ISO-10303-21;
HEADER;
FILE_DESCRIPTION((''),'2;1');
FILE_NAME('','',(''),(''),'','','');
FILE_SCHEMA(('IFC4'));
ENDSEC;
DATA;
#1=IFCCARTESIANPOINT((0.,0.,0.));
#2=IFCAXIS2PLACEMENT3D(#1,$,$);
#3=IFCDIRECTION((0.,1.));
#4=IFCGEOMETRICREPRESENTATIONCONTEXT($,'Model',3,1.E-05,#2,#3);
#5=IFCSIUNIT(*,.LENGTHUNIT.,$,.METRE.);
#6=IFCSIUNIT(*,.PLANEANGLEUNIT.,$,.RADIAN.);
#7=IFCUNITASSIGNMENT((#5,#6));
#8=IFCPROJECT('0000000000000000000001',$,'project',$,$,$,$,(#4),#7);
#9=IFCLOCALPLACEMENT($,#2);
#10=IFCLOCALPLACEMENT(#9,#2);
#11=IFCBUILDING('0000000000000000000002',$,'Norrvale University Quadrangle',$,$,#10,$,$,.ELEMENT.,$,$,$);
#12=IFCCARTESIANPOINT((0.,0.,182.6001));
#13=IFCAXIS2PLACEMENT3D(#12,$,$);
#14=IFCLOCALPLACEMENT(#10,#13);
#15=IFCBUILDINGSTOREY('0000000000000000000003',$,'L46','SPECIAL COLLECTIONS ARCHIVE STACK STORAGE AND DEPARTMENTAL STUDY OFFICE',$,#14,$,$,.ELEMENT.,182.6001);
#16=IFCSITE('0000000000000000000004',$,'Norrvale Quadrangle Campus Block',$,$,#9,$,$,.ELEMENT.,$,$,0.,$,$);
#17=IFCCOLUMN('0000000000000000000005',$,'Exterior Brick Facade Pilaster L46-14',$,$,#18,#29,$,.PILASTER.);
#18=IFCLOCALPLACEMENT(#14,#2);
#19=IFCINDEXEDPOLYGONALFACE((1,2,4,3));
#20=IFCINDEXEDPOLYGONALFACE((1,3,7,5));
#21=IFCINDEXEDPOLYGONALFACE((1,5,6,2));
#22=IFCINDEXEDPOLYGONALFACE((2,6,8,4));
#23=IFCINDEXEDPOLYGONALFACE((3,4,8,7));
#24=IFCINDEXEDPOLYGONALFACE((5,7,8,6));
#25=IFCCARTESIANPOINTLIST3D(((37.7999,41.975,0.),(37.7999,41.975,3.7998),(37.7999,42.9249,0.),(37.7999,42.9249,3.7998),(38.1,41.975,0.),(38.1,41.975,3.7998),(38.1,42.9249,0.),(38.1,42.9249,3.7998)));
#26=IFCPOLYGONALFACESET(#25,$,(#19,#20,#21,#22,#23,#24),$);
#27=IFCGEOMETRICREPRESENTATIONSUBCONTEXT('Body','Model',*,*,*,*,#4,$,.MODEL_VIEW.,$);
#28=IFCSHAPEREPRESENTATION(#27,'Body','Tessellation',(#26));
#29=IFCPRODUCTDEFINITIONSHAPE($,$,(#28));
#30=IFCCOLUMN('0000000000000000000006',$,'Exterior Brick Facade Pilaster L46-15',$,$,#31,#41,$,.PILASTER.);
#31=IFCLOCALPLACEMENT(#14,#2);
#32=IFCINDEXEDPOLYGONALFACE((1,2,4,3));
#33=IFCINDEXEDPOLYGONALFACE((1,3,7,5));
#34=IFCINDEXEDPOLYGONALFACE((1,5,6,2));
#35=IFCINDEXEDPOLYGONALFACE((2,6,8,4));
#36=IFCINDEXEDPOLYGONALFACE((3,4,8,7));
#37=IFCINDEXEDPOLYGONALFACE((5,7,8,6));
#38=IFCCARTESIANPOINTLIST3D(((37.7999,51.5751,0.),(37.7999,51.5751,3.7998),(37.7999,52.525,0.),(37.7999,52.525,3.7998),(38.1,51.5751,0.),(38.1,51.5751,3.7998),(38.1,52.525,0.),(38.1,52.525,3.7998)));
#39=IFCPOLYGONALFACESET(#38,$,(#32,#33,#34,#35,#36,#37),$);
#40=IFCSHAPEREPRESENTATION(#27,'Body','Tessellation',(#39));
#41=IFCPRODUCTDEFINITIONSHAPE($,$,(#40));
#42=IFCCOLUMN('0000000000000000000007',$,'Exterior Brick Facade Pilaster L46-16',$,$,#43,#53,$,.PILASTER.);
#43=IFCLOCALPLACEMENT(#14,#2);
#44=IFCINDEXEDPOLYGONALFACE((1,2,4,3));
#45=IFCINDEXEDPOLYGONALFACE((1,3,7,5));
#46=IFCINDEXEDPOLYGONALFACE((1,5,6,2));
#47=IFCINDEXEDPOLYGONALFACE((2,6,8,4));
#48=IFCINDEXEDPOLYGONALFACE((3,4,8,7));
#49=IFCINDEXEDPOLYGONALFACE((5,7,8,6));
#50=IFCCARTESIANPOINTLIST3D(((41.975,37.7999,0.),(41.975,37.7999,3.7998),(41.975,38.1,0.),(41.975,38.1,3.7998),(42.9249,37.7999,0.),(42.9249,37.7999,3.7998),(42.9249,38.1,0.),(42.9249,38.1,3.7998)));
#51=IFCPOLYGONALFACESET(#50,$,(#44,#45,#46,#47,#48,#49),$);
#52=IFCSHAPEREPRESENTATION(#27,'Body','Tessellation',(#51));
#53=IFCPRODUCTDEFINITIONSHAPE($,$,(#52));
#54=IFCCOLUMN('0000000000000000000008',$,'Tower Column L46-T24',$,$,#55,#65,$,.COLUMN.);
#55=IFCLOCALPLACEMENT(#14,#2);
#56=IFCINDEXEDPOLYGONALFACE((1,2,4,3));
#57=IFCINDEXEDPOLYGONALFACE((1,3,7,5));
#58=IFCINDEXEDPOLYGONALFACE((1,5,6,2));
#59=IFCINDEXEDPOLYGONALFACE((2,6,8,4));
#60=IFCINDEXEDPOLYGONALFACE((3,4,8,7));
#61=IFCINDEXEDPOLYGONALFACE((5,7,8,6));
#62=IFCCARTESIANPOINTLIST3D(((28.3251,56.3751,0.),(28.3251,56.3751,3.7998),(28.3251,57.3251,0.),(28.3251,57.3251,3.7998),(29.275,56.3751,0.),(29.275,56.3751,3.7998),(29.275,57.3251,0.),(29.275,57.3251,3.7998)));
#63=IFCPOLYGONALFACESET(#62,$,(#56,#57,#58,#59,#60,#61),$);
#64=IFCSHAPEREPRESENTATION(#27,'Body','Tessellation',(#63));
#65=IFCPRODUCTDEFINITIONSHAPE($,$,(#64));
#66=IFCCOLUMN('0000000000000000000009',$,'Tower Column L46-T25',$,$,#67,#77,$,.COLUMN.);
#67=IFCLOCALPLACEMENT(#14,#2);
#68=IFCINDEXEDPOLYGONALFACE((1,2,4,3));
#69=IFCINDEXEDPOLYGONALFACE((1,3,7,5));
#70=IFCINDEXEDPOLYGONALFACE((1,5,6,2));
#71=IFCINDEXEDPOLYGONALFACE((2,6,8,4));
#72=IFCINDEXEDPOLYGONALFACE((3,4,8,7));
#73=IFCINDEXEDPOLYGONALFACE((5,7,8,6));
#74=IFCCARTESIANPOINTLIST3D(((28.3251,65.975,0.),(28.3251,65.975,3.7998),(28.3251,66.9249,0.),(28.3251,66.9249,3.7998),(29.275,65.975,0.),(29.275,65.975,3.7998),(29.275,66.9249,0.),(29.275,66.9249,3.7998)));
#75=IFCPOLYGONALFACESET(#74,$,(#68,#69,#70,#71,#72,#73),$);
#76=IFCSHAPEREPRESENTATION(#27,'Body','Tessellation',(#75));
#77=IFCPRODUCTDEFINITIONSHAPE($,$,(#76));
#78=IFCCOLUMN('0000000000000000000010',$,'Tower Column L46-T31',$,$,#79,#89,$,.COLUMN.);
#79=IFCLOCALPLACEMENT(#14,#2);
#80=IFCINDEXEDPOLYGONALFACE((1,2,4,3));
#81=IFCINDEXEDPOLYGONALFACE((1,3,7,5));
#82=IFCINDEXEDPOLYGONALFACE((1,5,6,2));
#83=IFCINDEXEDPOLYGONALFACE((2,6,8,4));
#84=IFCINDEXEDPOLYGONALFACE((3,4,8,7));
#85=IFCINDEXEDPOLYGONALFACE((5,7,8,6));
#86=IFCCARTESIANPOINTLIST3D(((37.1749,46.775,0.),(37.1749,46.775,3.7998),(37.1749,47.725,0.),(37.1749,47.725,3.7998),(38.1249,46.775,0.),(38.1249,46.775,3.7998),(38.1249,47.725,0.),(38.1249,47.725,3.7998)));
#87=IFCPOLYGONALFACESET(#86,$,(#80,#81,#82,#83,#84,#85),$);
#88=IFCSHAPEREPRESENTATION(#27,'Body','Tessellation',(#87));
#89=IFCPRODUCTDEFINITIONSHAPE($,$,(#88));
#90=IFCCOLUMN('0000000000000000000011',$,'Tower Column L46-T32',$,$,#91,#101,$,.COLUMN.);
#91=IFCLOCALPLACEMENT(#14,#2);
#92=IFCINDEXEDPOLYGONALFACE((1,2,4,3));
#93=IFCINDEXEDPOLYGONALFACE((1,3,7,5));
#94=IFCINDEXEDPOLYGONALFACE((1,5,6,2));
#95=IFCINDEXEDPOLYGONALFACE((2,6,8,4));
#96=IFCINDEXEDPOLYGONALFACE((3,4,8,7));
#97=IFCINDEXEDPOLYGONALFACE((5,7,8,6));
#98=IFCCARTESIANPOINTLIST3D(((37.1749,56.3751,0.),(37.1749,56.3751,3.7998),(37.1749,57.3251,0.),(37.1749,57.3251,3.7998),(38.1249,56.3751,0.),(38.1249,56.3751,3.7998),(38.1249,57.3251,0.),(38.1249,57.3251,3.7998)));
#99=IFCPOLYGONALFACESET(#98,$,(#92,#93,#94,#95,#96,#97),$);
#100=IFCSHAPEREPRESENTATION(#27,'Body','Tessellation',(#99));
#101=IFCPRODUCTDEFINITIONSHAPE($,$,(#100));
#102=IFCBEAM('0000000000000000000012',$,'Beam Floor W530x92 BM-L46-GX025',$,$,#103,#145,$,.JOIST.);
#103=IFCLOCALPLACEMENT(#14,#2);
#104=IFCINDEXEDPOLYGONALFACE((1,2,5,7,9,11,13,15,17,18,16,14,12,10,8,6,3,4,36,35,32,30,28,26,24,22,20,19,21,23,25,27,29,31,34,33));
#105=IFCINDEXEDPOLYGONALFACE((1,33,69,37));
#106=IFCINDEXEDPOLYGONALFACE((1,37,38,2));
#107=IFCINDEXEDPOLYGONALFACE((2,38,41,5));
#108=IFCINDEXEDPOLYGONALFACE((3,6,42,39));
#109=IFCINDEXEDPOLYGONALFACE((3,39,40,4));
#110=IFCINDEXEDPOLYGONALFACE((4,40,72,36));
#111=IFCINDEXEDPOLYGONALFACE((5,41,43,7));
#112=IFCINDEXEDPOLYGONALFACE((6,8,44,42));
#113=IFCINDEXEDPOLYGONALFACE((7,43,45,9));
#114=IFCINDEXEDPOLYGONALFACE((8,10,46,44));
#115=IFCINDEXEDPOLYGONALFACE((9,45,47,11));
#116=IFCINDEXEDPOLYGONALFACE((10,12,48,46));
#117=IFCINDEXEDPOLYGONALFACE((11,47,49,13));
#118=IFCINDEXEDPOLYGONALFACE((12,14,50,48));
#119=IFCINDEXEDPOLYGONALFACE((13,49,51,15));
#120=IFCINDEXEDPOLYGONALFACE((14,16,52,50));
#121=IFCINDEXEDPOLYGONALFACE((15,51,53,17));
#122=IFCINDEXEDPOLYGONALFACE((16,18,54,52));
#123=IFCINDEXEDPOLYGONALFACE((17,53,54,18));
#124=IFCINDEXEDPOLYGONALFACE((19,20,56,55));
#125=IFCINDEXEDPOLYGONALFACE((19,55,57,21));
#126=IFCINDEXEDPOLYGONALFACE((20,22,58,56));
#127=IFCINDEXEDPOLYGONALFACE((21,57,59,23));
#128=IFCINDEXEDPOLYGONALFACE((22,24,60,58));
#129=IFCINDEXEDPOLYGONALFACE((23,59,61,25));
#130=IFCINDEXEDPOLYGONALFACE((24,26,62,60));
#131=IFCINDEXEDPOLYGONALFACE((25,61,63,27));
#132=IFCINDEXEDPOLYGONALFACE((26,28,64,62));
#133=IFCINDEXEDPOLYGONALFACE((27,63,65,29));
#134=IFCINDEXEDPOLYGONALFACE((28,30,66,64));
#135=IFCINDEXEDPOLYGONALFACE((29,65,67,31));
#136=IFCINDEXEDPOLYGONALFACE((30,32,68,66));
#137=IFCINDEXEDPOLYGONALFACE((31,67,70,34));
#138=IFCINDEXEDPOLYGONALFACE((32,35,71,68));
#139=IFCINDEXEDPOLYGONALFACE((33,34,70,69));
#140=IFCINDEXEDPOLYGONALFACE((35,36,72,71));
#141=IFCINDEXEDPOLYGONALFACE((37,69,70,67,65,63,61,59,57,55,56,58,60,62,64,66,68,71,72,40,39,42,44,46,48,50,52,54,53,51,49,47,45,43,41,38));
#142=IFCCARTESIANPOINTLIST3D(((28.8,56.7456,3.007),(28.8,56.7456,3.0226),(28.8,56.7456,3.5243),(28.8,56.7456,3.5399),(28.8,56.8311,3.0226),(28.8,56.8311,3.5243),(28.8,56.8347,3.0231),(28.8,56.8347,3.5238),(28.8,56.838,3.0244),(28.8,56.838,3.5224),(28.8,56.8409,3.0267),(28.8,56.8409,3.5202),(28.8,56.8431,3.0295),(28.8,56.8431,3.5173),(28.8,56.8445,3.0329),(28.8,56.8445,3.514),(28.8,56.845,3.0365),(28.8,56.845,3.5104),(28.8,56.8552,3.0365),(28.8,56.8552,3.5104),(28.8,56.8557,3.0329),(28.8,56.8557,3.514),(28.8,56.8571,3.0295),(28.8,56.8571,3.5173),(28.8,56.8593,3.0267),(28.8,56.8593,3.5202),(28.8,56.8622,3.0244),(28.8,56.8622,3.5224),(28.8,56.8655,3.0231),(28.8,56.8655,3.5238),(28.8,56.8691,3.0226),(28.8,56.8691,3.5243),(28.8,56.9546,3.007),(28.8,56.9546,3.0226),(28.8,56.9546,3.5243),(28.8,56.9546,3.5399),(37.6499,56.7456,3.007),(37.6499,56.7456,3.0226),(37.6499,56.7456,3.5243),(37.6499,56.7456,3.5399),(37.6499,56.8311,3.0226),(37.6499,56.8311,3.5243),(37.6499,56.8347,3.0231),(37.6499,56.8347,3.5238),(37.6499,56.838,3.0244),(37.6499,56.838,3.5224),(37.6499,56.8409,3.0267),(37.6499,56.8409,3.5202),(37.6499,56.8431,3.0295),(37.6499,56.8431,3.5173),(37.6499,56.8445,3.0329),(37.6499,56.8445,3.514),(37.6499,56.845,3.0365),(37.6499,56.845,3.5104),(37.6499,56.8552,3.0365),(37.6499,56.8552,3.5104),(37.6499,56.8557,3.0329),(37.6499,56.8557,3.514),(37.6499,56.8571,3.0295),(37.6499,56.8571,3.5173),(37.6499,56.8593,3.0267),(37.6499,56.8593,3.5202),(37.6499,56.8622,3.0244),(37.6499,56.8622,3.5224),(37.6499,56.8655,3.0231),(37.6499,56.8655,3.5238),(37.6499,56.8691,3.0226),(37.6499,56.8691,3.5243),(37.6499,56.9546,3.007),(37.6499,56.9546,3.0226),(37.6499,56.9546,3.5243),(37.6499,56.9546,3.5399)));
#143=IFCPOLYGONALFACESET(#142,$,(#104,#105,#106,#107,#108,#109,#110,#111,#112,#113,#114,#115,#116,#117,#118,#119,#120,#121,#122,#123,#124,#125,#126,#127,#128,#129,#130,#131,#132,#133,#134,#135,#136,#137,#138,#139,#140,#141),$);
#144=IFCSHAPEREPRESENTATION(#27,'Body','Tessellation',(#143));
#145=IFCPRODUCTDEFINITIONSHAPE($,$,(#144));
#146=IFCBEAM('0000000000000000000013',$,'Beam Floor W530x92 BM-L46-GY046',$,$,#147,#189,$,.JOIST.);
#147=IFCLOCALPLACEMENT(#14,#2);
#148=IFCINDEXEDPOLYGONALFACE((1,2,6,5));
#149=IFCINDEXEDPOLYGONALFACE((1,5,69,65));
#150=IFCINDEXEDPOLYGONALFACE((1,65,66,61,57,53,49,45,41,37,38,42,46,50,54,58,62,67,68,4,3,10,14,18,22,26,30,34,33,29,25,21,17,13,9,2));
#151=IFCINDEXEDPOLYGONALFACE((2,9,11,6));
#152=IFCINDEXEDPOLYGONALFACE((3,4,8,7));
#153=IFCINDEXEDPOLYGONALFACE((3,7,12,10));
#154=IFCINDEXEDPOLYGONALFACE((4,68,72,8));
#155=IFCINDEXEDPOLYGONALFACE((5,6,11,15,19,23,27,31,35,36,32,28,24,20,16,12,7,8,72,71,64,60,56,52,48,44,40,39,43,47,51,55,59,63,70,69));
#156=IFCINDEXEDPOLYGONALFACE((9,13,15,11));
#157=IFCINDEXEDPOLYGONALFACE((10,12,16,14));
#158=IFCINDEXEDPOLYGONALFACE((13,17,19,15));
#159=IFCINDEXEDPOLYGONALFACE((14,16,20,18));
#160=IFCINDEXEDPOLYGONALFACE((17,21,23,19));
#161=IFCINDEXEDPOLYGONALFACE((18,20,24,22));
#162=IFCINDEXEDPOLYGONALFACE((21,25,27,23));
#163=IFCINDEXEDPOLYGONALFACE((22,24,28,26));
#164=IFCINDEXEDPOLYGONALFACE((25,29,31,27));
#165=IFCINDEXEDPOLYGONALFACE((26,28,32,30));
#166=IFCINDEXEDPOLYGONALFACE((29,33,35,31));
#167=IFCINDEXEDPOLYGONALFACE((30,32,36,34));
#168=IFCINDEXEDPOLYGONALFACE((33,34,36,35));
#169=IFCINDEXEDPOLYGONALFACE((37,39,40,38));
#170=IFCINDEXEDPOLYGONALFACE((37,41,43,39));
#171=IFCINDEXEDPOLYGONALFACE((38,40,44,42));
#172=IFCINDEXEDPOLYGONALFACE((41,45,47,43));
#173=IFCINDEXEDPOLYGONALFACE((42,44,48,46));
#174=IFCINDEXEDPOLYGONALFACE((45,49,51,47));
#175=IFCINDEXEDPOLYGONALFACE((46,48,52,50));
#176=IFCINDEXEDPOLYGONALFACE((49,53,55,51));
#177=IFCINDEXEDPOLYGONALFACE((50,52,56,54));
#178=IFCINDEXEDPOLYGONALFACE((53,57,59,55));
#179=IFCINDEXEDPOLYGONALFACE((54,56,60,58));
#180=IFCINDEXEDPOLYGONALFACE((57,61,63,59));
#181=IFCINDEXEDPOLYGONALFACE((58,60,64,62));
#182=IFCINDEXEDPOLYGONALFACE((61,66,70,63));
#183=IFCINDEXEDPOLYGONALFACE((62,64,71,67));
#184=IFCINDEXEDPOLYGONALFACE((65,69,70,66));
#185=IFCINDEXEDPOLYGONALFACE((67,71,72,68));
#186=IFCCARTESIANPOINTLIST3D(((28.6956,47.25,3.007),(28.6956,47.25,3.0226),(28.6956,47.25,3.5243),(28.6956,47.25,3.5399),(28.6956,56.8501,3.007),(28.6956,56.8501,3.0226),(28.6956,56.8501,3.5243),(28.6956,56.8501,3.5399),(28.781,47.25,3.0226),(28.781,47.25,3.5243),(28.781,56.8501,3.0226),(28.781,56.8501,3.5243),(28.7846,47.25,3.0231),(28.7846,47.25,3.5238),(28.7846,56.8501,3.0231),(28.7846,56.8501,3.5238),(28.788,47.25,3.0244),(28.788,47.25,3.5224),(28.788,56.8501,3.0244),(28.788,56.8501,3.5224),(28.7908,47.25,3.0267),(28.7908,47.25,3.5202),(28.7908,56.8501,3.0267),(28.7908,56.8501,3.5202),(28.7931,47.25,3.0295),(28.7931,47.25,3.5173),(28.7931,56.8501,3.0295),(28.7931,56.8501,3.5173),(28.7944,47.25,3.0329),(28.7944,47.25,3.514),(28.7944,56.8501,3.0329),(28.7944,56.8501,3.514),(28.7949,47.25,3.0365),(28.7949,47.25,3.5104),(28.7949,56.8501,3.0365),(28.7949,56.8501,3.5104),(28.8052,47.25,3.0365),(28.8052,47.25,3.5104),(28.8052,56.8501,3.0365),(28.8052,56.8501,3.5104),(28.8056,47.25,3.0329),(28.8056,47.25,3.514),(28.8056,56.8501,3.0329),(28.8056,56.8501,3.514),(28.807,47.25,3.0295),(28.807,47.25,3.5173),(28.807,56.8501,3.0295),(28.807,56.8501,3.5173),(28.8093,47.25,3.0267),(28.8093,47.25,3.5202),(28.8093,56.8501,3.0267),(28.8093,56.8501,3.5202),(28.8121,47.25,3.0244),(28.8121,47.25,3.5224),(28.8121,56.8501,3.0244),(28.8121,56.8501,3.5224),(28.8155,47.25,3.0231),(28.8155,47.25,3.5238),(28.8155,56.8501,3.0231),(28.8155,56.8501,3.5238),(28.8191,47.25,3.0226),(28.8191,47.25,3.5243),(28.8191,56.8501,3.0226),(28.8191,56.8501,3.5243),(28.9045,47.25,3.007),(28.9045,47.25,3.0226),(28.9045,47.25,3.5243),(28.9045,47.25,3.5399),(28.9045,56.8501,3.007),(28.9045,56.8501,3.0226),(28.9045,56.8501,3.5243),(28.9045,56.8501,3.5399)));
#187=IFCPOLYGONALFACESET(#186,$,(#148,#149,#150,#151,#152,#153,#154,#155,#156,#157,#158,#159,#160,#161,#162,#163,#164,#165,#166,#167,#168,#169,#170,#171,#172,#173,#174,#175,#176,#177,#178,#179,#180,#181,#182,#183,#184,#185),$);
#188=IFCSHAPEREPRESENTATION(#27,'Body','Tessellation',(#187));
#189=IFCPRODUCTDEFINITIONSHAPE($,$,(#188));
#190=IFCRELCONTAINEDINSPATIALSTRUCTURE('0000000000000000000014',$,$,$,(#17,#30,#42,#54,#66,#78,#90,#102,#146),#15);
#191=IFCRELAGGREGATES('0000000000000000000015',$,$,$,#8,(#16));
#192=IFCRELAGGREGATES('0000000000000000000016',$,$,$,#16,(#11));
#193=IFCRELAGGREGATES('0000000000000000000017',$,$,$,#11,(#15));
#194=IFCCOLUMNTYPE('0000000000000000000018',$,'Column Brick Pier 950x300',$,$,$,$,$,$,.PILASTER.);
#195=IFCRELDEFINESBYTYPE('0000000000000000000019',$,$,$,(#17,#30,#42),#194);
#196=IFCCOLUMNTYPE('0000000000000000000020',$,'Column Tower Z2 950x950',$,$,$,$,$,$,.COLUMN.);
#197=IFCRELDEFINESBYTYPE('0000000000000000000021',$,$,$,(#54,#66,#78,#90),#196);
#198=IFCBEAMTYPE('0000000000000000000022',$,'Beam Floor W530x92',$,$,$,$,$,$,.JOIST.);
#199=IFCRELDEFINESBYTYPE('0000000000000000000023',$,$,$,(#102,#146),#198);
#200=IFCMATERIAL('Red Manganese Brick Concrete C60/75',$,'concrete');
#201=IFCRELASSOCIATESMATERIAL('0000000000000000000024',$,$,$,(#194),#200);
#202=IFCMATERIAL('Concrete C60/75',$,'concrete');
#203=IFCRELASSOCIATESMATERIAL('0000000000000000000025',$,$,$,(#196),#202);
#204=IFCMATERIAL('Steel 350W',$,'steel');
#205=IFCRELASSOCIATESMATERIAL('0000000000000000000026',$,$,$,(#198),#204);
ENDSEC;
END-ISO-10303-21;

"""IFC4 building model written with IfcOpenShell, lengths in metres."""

from ifc_helpers import new_model, si_unit, direction, frame, origin, origin_2d, place, context, subcontext, project, spatial, rectangle, i_section, extrude, material, material_profile, profile_set, type_object, element, save


model = new_model("IFC4")

# Units and contexts
model_context = context("Model", 3, precision=1e-05, world=origin(), true_north=direction((0.0, 1.0)))
body_context = subcontext(model_context, "Body", "Model", "MODEL_VIEW")
ifc_project = project(units=[si_unit("LENGTHUNIT", "METRE"), si_unit("PLANEANGLEUNIT", "RADIAN")], contexts=[model_context])

# Site, building, storey
site_placement = place(None, origin())
site = spatial("IfcSite", under=ifc_project, at=site_placement, Name="Norrvale Quadrangle Campus Block", CompositionType="ELEMENT", RefElevation=0.0)
building_placement = place(site_placement, origin())
building = spatial("IfcBuilding", under=site, at=building_placement, Name="Norrvale University Quadrangle", CompositionType="ELEMENT")
storey_placement = place(building_placement, frame((0.0, 0.0, 182.6001)))
storey = spatial("IfcBuildingStorey", under=building, at=storey_placement, Name="L46", Description="SPECIAL COLLECTIONS ARCHIVE STACK STORAGE AND DEPARTMENTAL STUDY OFFICE", CompositionType="ELEMENT", Elevation=182.6001)

# Columns
ifc_material_1 = material(Name="Red Manganese Brick Concrete C60/75", Category="concrete")
ifc_material_profile_1 = material_profile(ifc_material_1, rectangle(XDim=0.95, YDim=0.3, at=origin_2d()), Name="Red Manganese Brick Concrete C60/75")
ifc_profile_set_1 = profile_set([ifc_material_profile_1], Name="Red Manganese Brick Concrete C60/75")
column_type_1 = type_object("IfcColumnType", Name="Column Brick Pier 950x300", PredefinedType="PILASTER", material=ifc_profile_set_1)
for number, where, z_axis, x_axis, name in (
    (1, (37.95, 42.45, 0.0), (0.0, 0.0, 1.0), (0.0, 1.0, 0.0), "Exterior Brick Facade Pilaster L46-14"),
    (2, (37.95, 52.05, 0.0), (0.0, 0.0, 1.0), (0.0, 1.0, 0.0), "Exterior Brick Facade Pilaster L46-15"),
    (3, (42.45, 37.95, 0.0), (0.0, 0.0, 1.0), (1.0, 0.0, 0.0), "Exterior Brick Facade Pilaster L46-16"),
):
    element("IfcColumn", number, at=place(storey_placement, frame(where, z_axis=z_axis, x_axis=x_axis)), inside=storey, type_object=column_type_1, Name=name, PredefinedType="PILASTER", context=body_context, shape_type="SweptSolid", body=[
        extrude(rectangle(XDim=0.95, YDim=0.3, at=origin_2d()), origin(), (0.0, 0.0, 1.0), 3.7998),
    ])
ifc_material_2 = material(Name="Concrete C60/75", Category="concrete")
ifc_material_profile_2 = material_profile(ifc_material_2, rectangle(XDim=0.95, YDim=0.95, at=origin_2d()), Name="Concrete C60/75")
ifc_profile_set_2 = profile_set([ifc_material_profile_2], Name="Concrete C60/75")
column_type_2 = type_object("IfcColumnType", Name="Column Tower Z2 950x950", PredefinedType="COLUMN", material=ifc_profile_set_2)
for number, where, z_axis, x_axis, name in (
    (4, (28.8, 56.8501, 0.0), (0.0, 0.0, 1.0), (1.0, 0.0, 0.0), "Tower Column L46-T24"),
    (5, (28.8, 66.45, 0.0), (0.0, 0.0, 1.0), (1.0, 0.0, 0.0), "Tower Column L46-T25"),
    (6, (37.6499, 47.25, 0.0), (0.0, 0.0, 1.0), (1.0, 0.0, 0.0), "Tower Column L46-T31"),
    (7, (37.6499, 56.8501, 0.0), (0.0, 0.0, 1.0), (1.0, 0.0, 0.0), "Tower Column L46-T32"),
):
    element("IfcColumn", number, at=place(storey_placement, frame(where, z_axis=z_axis, x_axis=x_axis)), inside=storey, type_object=column_type_2, Name=name, PredefinedType="COLUMN", context=body_context, shape_type="SweptSolid", body=[
        extrude(rectangle(XDim=0.95, YDim=0.95, at=origin_2d()), origin(), (0.0, 0.0, 1.0), 3.7998),
    ])

# Beams
ifc_material_3 = material(Name="Steel 350W", Category="steel")
ifc_material_profile_3 = material_profile(ifc_material_3, i_section(OverallWidth=0.209, OverallDepth=0.533, WebThickness=0.0103, FlangeThickness=0.0156, FilletRadius=0.0139, at=origin_2d()), Name="Steel 350W")
ifc_profile_set_3 = profile_set([ifc_material_profile_3], Name="Steel 350W")
beam_type_1 = type_object("IfcBeamType", Name="Beam Floor W530x92", PredefinedType="JOIST", material=ifc_profile_set_3)
beam_1_placement = place(storey_placement, frame((28.8, 56.8501, 3.2734), z_axis=(1.0, 0.0, 0.0), x_axis=(0.0, 1.0, 0.0)))
element("IfcBeam", 8, at=beam_1_placement, inside=storey, type_object=beam_type_1, Name="Beam Floor W530x92 BM-L46-GX025", PredefinedType="JOIST", context=body_context, shape_type="SweptSolid", body=[
    extrude(i_section(OverallWidth=0.209, OverallDepth=0.533, WebThickness=0.0103, FlangeThickness=0.0156, FilletRadius=0.0139, at=origin_2d()), origin(), (0.0, 0.0, 1.0), 8.8499),
])
beam_2_placement = place(storey_placement, frame((28.8, 47.25, 3.2734), z_axis=(0.0, 1.0, 0.0), x_axis=(-1.0, 0.0, 0.0)))
element("IfcBeam", 9, at=beam_2_placement, inside=storey, type_object=beam_type_1, Name="Beam Floor W530x92 BM-L46-GY046", PredefinedType="JOIST", context=body_context, shape_type="SweptSolid", body=[
    extrude(i_section(OverallWidth=0.209, OverallDepth=0.533, WebThickness=0.0103, FlangeThickness=0.0156, FilletRadius=0.0139, at=origin_2d()), origin(), (0.0, 0.0, 1.0), 9.6001),
])

save(model, "model.ifc")
